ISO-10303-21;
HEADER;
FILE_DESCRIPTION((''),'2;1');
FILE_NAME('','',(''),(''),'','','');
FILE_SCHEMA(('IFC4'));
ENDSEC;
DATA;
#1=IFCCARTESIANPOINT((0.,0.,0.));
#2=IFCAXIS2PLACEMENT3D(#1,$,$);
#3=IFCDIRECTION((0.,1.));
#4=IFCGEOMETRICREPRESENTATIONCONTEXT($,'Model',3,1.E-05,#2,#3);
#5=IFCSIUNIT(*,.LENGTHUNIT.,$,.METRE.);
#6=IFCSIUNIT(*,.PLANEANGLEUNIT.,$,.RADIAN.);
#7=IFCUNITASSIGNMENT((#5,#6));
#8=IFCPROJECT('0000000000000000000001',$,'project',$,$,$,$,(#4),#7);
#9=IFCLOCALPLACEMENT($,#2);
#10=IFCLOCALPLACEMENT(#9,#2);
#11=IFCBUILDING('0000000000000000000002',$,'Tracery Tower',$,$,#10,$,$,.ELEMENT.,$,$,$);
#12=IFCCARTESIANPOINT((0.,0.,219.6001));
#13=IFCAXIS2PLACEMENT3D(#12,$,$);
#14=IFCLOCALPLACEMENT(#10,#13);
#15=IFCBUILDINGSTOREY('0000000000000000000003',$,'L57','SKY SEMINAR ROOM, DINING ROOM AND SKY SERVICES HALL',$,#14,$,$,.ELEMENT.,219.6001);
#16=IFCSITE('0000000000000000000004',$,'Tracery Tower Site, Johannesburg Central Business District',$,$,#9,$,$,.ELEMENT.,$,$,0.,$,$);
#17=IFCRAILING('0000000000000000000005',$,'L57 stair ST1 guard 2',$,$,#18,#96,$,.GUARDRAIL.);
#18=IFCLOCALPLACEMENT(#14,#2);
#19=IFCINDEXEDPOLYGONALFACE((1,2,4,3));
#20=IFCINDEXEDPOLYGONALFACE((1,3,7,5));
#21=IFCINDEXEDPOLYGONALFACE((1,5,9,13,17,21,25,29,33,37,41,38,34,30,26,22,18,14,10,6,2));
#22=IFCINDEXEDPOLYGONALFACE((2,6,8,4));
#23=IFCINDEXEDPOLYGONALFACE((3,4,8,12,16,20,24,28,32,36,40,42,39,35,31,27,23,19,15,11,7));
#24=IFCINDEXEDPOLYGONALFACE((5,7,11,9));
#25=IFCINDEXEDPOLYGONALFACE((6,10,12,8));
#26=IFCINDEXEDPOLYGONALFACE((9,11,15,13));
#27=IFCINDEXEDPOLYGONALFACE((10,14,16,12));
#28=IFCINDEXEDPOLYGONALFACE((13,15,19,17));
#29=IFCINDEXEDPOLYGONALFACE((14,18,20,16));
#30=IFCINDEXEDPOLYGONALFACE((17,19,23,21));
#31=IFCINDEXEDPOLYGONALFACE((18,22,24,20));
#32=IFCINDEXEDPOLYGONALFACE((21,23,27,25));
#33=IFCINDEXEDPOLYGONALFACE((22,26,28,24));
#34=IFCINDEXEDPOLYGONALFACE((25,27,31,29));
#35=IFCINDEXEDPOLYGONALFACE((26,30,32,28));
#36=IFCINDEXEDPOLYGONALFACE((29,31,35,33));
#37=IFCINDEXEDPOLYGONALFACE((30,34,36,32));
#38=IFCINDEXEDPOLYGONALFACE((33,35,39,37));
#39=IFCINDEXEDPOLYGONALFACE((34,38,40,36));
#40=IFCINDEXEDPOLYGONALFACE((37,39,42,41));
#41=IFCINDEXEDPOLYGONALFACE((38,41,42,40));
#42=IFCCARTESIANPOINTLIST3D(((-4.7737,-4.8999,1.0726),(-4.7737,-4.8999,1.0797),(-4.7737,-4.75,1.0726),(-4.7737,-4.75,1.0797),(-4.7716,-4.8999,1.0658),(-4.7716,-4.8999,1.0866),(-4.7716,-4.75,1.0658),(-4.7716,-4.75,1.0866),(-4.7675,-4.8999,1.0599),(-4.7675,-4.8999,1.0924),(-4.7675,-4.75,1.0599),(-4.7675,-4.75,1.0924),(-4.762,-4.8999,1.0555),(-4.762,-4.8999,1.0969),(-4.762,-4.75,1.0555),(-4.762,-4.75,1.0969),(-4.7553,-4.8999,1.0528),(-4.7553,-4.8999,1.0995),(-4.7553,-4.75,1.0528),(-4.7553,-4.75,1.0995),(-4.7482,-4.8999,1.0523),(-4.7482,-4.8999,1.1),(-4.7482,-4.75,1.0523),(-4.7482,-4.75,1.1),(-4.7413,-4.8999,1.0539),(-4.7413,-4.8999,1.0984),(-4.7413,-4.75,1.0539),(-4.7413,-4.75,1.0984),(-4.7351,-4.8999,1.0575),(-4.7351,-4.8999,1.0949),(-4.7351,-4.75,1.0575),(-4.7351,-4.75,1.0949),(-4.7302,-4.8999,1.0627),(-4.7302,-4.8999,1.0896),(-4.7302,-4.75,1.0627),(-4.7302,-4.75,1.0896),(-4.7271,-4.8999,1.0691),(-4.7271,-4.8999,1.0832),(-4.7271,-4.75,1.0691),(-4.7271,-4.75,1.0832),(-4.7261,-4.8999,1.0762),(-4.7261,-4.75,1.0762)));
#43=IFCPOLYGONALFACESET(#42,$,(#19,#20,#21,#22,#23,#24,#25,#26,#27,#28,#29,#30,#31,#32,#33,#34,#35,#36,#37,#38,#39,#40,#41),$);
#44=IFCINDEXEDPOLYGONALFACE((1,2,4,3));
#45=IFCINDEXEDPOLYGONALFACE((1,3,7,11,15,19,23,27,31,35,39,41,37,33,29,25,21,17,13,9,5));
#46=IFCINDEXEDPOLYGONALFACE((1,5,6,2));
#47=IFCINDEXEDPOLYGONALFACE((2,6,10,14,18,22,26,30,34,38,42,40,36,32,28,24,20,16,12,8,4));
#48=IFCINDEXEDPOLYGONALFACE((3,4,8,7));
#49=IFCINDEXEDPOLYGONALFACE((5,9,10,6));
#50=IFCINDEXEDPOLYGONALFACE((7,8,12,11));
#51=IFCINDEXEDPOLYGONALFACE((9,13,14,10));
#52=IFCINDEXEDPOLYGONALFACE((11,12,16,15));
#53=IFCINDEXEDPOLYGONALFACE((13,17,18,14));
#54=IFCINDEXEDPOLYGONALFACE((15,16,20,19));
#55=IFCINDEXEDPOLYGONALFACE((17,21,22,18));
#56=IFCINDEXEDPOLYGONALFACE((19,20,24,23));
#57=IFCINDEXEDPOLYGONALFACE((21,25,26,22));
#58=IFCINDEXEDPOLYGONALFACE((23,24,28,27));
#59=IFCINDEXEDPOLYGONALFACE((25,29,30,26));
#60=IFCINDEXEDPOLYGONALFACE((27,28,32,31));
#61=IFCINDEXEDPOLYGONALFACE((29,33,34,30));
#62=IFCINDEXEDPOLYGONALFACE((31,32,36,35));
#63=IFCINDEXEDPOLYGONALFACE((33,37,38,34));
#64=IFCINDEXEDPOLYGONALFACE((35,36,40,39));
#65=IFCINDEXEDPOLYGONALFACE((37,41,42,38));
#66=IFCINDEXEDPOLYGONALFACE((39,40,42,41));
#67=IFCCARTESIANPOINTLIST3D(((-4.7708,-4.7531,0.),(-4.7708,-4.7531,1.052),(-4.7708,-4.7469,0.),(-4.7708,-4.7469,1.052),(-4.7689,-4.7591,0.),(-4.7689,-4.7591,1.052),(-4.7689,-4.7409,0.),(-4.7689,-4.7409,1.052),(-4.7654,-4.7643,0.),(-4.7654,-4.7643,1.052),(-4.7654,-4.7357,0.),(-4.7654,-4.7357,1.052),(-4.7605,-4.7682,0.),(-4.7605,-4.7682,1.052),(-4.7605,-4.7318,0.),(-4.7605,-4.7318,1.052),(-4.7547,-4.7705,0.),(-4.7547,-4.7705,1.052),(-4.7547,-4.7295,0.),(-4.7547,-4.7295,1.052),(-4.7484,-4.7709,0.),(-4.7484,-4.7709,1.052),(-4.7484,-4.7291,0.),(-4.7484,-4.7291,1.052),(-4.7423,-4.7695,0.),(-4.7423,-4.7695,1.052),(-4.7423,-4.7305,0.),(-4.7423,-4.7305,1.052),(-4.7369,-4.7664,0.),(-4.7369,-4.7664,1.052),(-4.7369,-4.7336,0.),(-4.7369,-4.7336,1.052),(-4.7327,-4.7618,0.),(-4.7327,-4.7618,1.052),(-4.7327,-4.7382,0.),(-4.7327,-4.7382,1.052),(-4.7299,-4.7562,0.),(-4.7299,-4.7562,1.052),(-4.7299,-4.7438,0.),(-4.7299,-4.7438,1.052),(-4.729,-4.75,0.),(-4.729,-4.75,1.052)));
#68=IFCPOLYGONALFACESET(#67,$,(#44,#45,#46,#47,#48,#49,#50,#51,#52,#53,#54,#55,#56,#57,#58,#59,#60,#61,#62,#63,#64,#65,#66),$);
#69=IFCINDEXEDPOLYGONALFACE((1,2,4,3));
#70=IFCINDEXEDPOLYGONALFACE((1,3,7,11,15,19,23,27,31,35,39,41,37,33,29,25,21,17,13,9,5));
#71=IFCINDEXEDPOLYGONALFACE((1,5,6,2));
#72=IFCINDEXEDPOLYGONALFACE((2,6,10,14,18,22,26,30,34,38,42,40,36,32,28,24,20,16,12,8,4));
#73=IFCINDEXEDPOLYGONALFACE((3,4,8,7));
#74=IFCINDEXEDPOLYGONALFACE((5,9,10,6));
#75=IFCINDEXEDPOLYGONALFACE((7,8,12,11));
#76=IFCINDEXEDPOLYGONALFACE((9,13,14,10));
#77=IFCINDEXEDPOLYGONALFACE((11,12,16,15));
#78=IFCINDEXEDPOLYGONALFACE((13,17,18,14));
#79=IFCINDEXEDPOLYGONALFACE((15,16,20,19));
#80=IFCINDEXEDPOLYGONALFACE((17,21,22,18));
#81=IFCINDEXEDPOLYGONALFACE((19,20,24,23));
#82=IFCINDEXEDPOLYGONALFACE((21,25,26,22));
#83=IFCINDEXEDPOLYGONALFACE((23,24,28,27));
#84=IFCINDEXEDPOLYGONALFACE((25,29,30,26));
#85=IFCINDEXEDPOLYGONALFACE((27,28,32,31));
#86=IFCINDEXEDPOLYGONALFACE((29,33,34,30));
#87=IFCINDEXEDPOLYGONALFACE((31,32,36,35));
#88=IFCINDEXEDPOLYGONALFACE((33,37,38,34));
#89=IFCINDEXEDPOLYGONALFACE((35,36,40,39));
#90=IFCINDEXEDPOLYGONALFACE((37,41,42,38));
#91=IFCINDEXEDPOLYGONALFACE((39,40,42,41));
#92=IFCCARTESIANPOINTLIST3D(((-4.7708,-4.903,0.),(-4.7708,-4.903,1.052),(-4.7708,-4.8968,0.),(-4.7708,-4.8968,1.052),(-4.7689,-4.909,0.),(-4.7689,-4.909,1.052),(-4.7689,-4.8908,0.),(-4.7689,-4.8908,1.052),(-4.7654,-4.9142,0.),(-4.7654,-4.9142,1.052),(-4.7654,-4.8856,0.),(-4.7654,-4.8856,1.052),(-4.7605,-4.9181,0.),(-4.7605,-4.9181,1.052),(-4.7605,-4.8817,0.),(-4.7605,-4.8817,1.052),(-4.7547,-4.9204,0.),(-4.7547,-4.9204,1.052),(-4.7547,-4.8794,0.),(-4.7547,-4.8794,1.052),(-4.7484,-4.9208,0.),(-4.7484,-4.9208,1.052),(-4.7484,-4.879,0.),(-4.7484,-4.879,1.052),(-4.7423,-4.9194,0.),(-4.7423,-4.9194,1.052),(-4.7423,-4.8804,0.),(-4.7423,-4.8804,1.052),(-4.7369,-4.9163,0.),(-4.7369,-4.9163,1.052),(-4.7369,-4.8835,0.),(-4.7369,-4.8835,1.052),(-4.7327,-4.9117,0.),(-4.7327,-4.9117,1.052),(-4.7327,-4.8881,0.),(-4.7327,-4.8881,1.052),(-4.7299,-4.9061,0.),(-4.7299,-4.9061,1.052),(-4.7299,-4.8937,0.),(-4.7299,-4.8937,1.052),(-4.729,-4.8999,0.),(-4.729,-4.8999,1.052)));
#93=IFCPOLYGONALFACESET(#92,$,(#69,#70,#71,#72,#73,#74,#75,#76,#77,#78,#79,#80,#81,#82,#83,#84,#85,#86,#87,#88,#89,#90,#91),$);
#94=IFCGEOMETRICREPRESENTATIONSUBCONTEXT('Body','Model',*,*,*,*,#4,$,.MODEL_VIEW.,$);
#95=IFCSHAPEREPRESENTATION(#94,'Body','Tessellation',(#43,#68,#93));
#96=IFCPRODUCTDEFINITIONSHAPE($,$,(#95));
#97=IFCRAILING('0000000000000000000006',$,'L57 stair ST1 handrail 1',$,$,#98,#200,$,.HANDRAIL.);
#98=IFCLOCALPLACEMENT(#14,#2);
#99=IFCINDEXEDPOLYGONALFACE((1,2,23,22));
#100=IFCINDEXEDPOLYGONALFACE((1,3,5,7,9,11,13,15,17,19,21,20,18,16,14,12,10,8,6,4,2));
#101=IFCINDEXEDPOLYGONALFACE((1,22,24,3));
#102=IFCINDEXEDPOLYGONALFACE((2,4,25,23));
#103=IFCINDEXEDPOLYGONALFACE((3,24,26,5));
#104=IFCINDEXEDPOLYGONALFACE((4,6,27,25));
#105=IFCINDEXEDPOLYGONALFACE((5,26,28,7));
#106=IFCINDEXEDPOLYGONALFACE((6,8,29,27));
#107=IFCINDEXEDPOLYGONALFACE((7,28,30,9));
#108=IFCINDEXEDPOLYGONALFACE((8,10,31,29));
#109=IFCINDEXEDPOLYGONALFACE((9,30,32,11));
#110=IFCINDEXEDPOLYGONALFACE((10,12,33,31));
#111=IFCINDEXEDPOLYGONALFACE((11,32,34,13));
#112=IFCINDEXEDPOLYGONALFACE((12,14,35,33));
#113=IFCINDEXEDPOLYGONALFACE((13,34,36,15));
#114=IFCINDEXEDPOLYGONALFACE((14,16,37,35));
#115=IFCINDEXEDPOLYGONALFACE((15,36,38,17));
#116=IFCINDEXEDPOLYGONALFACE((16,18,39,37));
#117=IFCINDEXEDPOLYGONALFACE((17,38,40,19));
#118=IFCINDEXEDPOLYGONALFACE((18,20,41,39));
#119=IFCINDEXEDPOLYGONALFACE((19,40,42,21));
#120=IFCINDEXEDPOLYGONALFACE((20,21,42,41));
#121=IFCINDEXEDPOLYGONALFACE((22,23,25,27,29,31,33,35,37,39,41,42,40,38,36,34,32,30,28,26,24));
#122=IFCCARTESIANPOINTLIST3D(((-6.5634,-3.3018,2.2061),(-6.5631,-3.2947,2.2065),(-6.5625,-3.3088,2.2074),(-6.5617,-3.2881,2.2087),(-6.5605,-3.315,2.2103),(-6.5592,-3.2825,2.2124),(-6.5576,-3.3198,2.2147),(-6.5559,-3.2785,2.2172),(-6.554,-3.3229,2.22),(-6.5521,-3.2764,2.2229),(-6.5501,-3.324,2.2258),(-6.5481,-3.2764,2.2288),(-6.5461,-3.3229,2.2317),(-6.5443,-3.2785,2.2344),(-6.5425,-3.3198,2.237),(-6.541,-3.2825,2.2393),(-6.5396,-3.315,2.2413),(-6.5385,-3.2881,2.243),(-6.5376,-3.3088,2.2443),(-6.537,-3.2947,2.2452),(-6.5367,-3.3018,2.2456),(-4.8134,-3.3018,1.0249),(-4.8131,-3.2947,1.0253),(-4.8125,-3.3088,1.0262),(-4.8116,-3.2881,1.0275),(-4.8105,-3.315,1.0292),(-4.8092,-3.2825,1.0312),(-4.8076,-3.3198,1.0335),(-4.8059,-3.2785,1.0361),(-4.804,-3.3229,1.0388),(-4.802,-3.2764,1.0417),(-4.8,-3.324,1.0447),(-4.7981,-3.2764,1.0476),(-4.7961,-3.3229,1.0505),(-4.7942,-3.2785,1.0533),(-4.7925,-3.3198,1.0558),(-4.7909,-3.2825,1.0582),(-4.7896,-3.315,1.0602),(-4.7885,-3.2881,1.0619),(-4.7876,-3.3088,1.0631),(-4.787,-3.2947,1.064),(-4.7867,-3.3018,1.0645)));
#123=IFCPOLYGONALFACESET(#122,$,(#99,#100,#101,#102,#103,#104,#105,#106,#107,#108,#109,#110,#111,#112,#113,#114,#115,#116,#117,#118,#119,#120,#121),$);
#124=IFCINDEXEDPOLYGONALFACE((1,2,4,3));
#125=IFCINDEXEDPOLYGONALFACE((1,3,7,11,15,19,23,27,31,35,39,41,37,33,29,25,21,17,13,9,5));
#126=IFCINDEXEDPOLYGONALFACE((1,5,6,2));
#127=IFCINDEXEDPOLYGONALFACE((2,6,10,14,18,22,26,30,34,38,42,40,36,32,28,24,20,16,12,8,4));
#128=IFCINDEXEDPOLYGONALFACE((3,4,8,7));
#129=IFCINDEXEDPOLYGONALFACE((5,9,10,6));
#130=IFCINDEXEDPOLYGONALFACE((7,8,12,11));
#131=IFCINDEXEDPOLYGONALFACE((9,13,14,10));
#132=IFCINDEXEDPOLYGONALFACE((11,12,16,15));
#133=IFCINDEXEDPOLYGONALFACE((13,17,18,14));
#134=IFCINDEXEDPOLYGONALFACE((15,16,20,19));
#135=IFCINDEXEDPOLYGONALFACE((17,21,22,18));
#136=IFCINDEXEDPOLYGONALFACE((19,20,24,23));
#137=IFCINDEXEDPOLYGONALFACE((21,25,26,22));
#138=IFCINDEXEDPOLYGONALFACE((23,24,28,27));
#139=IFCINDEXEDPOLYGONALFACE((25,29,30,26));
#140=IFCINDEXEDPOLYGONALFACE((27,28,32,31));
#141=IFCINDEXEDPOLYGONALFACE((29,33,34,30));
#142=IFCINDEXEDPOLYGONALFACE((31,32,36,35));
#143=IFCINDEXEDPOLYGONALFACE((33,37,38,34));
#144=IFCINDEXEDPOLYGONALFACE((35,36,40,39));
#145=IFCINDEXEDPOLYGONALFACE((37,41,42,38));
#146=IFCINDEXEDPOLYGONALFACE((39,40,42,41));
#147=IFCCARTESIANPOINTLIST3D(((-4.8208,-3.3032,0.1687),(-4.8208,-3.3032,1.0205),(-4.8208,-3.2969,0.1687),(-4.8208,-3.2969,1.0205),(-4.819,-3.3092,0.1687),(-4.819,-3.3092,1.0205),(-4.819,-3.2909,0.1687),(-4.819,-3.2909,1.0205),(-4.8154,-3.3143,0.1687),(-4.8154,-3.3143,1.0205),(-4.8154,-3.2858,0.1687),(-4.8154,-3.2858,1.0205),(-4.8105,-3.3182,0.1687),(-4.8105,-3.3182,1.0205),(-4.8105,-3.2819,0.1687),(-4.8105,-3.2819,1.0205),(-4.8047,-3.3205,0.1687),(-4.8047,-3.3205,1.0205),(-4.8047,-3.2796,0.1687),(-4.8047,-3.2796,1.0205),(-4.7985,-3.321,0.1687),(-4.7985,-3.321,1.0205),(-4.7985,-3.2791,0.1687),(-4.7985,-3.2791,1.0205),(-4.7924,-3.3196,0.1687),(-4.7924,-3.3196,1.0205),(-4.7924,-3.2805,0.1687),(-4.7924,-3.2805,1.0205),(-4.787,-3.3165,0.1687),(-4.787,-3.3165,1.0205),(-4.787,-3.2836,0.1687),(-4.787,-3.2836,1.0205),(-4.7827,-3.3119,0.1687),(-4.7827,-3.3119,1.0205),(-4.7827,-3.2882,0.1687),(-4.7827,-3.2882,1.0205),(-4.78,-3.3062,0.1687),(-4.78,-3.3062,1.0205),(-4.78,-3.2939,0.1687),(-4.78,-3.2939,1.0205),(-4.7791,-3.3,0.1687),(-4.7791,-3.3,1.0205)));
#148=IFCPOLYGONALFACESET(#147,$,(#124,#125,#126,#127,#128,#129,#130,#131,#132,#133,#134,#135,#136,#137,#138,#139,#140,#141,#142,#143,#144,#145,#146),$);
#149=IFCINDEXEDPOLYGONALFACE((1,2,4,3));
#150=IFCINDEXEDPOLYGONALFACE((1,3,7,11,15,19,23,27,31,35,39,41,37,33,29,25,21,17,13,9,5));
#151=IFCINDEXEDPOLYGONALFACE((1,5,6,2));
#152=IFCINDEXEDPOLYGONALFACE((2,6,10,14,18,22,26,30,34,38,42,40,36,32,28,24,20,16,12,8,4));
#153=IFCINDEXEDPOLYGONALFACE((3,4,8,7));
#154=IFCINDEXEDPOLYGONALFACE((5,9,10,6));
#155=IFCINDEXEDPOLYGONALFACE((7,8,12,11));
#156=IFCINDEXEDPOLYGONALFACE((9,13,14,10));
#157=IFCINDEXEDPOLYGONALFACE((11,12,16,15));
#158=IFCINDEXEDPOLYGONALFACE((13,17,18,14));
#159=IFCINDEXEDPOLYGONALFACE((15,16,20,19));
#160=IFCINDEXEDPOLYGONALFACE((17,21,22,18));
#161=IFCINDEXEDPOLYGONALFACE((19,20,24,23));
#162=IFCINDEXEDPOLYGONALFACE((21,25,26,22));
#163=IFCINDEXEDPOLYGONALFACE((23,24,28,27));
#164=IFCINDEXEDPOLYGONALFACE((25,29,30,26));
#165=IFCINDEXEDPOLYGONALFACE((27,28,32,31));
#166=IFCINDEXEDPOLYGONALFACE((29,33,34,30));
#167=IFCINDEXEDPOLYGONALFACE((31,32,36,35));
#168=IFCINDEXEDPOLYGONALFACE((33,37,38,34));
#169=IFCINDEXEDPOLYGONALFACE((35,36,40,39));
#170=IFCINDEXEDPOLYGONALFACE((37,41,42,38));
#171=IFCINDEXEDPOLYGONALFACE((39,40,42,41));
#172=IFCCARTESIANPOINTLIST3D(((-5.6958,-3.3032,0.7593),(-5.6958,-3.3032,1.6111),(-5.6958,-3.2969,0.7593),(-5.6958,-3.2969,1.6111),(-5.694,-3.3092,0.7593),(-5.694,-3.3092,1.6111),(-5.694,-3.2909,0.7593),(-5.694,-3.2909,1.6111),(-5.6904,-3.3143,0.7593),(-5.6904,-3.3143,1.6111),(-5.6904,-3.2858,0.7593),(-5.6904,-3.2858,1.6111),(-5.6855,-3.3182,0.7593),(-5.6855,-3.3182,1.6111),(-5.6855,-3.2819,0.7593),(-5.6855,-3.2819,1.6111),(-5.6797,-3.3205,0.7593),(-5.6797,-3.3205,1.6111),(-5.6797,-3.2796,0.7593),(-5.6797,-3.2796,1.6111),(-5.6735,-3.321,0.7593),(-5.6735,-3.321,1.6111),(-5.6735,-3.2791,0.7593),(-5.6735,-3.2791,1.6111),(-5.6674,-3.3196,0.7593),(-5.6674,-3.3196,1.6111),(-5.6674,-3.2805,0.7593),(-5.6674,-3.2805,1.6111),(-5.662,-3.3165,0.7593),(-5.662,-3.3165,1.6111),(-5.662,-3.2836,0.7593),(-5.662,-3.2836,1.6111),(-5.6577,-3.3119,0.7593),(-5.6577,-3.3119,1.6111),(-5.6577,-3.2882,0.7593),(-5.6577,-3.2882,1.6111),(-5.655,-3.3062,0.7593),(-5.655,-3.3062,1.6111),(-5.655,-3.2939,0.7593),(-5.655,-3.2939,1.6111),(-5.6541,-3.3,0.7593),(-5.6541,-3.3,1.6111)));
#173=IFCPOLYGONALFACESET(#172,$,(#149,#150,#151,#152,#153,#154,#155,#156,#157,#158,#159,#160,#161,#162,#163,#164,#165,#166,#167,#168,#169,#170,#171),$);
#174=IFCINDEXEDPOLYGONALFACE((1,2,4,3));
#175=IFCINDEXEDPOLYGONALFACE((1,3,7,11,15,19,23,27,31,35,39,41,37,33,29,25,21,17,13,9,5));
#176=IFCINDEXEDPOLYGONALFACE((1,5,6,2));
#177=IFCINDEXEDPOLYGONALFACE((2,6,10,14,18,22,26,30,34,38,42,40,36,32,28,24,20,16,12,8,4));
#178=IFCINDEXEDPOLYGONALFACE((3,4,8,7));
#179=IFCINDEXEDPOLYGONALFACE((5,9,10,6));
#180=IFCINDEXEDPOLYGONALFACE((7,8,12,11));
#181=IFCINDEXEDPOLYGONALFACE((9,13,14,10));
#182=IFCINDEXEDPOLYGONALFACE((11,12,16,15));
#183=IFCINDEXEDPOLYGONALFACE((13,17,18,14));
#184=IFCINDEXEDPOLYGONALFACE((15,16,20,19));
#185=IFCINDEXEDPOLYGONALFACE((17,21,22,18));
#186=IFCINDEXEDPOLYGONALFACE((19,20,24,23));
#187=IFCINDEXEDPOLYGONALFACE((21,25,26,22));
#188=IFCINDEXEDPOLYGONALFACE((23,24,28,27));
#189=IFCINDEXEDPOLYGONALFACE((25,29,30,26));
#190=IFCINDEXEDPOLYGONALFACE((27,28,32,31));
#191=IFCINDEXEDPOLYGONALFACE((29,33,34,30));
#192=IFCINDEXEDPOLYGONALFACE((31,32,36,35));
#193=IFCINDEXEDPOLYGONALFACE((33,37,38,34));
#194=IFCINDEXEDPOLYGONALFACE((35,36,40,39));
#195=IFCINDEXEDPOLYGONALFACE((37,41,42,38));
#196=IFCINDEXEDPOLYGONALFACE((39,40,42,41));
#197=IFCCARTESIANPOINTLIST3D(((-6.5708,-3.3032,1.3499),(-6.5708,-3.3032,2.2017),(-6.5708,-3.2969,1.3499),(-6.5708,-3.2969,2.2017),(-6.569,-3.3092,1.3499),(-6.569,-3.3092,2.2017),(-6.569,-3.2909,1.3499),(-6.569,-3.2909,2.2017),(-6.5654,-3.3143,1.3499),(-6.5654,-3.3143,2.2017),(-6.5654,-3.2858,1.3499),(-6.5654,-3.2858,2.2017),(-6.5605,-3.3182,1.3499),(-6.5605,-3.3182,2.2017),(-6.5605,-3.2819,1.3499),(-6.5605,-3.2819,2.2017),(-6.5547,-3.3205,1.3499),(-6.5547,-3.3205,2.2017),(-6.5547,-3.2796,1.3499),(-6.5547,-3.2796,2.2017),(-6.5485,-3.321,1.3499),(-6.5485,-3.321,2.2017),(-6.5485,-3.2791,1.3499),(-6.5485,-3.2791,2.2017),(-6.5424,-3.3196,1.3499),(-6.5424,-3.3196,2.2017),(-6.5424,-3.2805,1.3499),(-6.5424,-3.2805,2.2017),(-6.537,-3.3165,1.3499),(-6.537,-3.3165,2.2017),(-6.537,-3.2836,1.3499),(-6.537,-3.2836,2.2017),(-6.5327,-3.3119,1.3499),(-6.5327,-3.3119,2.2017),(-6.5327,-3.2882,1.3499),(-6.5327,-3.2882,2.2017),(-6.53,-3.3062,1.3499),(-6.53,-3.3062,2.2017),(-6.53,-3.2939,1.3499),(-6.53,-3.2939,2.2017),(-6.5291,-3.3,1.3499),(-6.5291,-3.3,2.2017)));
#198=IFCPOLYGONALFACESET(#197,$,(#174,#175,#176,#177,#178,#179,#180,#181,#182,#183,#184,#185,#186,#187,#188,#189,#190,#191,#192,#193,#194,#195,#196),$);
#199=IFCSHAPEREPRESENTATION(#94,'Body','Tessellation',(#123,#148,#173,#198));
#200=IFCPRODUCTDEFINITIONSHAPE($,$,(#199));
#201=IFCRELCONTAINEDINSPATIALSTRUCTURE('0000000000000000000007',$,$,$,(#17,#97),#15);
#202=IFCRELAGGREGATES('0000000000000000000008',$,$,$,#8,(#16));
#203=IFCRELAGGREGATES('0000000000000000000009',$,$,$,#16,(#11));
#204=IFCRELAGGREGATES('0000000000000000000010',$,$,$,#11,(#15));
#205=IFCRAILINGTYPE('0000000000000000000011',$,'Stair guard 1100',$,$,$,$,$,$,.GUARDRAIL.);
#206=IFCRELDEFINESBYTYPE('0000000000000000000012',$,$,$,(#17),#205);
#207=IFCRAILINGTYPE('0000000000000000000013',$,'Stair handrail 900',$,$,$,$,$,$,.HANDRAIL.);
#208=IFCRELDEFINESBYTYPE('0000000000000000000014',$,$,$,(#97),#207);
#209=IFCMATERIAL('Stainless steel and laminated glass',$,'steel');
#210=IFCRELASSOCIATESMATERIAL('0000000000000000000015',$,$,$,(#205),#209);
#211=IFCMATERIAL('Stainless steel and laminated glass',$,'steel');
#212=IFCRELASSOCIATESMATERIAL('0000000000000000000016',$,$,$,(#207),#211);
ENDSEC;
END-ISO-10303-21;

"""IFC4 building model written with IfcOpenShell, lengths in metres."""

from ifc_helpers import new_model, si_unit, direction, frame, origin, origin_2d, place, context, subcontext, project, spatial, circle, extrude, material, type_object, element, save


model = new_model("IFC4")

# Units and contexts
model_context = context("Model", 3, precision=1e-05, world=origin(), true_north=direction((0.0, 1.0)))
body_context = subcontext(model_context, "Body", "Model", "MODEL_VIEW")
ifc_project = project(units=[si_unit("LENGTHUNIT", "METRE"), si_unit("PLANEANGLEUNIT", "RADIAN")], contexts=[model_context])

# Site, building, storey
site_placement = place(None, origin())
site = spatial("IfcSite", under=ifc_project, at=site_placement, Name="Tracery Tower Site, Johannesburg Central Business District", CompositionType="ELEMENT", RefElevation=0.0)
building_placement = place(site_placement, origin())
building = spatial("IfcBuilding", under=site, at=building_placement, Name="Tracery Tower", CompositionType="ELEMENT")
storey_placement = place(building_placement, frame((0.0, 0.0, 219.6001)))
storey = spatial("IfcBuildingStorey", under=building, at=storey_placement, Name="L57", Description="SKY SEMINAR ROOM, DINING ROOM AND SKY SERVICES HALL", CompositionType="ELEMENT", Elevation=219.6001)

# Railings
ifc_material_1 = material(Name="Stainless steel and laminated glass", Category="steel")
railing_type_1 = type_object("IfcRailingType", Name="Stair guard 1100", PredefinedType="GUARDRAIL", material=ifc_material_1)
railing_1_placement = place(storey_placement, frame((-4.75, -4.75, 0.0)))
element("IfcRailing", 1, at=railing_1_placement, inside=storey, type_object=railing_type_1, Name="L57 stair ST1 guard 2", PredefinedType="GUARDRAIL", context=body_context, shape_type="SweptSolid", body=[
    extrude(circle(Radius=0.0239, at=origin_2d()), frame((0.0, 0.0, 1.0762), z_axis=(0.0, -1.0, 0.0), x_axis=(1.0, 0.0, 0.0)), (0.0, 0.0, 1.0), 0.1499),
    extrude(circle(Radius=0.021, at=origin_2d()), origin(), (0.0, 0.0, 1.0), 1.052),
    extrude(circle(Radius=0.021, at=origin_2d()), frame((0.0, -0.1499, 0.0)), (0.0, 0.0, 1.0), 1.052),
])
ifc_material_2 = material(Name="Stainless steel and laminated glass", Category="steel")
railing_type_2 = type_object("IfcRailingType", Name="Stair handrail 900", PredefinedType="HANDRAIL", material=ifc_material_2)
railing_2_placement = place(storey_placement, frame((-4.8, -3.3, 0.1687)))
element("IfcRailing", 2, at=railing_2_placement, inside=storey, type_object=railing_type_2, Name="L57 stair ST1 handrail 1", PredefinedType="HANDRAIL", context=body_context, shape_type="SweptSolid", body=[
    extrude(circle(Radius=0.0239, at=origin_2d()), frame((0.0, 0.0, 0.876), z_axis=(-0.82887, 0.0, 0.559441), x_axis=(0.0, -1.0, 0.0)), (0.0, 0.0, 1.0), 2.1113),
    extrude(circle(Radius=0.021, at=origin_2d()), origin(), (0.0, 0.0, 1.0), 0.8518),
    extrude(circle(Radius=0.021, at=origin_2d()), frame((-0.875, 0.0, 0.5906)), (0.0, 0.0, 1.0), 0.8518),
    extrude(circle(Radius=0.021, at=origin_2d()), frame((-1.75, 0.0, 1.1812)), (0.0, 0.0, 1.0), 0.8518),
])

save(model, "model.ifc")
